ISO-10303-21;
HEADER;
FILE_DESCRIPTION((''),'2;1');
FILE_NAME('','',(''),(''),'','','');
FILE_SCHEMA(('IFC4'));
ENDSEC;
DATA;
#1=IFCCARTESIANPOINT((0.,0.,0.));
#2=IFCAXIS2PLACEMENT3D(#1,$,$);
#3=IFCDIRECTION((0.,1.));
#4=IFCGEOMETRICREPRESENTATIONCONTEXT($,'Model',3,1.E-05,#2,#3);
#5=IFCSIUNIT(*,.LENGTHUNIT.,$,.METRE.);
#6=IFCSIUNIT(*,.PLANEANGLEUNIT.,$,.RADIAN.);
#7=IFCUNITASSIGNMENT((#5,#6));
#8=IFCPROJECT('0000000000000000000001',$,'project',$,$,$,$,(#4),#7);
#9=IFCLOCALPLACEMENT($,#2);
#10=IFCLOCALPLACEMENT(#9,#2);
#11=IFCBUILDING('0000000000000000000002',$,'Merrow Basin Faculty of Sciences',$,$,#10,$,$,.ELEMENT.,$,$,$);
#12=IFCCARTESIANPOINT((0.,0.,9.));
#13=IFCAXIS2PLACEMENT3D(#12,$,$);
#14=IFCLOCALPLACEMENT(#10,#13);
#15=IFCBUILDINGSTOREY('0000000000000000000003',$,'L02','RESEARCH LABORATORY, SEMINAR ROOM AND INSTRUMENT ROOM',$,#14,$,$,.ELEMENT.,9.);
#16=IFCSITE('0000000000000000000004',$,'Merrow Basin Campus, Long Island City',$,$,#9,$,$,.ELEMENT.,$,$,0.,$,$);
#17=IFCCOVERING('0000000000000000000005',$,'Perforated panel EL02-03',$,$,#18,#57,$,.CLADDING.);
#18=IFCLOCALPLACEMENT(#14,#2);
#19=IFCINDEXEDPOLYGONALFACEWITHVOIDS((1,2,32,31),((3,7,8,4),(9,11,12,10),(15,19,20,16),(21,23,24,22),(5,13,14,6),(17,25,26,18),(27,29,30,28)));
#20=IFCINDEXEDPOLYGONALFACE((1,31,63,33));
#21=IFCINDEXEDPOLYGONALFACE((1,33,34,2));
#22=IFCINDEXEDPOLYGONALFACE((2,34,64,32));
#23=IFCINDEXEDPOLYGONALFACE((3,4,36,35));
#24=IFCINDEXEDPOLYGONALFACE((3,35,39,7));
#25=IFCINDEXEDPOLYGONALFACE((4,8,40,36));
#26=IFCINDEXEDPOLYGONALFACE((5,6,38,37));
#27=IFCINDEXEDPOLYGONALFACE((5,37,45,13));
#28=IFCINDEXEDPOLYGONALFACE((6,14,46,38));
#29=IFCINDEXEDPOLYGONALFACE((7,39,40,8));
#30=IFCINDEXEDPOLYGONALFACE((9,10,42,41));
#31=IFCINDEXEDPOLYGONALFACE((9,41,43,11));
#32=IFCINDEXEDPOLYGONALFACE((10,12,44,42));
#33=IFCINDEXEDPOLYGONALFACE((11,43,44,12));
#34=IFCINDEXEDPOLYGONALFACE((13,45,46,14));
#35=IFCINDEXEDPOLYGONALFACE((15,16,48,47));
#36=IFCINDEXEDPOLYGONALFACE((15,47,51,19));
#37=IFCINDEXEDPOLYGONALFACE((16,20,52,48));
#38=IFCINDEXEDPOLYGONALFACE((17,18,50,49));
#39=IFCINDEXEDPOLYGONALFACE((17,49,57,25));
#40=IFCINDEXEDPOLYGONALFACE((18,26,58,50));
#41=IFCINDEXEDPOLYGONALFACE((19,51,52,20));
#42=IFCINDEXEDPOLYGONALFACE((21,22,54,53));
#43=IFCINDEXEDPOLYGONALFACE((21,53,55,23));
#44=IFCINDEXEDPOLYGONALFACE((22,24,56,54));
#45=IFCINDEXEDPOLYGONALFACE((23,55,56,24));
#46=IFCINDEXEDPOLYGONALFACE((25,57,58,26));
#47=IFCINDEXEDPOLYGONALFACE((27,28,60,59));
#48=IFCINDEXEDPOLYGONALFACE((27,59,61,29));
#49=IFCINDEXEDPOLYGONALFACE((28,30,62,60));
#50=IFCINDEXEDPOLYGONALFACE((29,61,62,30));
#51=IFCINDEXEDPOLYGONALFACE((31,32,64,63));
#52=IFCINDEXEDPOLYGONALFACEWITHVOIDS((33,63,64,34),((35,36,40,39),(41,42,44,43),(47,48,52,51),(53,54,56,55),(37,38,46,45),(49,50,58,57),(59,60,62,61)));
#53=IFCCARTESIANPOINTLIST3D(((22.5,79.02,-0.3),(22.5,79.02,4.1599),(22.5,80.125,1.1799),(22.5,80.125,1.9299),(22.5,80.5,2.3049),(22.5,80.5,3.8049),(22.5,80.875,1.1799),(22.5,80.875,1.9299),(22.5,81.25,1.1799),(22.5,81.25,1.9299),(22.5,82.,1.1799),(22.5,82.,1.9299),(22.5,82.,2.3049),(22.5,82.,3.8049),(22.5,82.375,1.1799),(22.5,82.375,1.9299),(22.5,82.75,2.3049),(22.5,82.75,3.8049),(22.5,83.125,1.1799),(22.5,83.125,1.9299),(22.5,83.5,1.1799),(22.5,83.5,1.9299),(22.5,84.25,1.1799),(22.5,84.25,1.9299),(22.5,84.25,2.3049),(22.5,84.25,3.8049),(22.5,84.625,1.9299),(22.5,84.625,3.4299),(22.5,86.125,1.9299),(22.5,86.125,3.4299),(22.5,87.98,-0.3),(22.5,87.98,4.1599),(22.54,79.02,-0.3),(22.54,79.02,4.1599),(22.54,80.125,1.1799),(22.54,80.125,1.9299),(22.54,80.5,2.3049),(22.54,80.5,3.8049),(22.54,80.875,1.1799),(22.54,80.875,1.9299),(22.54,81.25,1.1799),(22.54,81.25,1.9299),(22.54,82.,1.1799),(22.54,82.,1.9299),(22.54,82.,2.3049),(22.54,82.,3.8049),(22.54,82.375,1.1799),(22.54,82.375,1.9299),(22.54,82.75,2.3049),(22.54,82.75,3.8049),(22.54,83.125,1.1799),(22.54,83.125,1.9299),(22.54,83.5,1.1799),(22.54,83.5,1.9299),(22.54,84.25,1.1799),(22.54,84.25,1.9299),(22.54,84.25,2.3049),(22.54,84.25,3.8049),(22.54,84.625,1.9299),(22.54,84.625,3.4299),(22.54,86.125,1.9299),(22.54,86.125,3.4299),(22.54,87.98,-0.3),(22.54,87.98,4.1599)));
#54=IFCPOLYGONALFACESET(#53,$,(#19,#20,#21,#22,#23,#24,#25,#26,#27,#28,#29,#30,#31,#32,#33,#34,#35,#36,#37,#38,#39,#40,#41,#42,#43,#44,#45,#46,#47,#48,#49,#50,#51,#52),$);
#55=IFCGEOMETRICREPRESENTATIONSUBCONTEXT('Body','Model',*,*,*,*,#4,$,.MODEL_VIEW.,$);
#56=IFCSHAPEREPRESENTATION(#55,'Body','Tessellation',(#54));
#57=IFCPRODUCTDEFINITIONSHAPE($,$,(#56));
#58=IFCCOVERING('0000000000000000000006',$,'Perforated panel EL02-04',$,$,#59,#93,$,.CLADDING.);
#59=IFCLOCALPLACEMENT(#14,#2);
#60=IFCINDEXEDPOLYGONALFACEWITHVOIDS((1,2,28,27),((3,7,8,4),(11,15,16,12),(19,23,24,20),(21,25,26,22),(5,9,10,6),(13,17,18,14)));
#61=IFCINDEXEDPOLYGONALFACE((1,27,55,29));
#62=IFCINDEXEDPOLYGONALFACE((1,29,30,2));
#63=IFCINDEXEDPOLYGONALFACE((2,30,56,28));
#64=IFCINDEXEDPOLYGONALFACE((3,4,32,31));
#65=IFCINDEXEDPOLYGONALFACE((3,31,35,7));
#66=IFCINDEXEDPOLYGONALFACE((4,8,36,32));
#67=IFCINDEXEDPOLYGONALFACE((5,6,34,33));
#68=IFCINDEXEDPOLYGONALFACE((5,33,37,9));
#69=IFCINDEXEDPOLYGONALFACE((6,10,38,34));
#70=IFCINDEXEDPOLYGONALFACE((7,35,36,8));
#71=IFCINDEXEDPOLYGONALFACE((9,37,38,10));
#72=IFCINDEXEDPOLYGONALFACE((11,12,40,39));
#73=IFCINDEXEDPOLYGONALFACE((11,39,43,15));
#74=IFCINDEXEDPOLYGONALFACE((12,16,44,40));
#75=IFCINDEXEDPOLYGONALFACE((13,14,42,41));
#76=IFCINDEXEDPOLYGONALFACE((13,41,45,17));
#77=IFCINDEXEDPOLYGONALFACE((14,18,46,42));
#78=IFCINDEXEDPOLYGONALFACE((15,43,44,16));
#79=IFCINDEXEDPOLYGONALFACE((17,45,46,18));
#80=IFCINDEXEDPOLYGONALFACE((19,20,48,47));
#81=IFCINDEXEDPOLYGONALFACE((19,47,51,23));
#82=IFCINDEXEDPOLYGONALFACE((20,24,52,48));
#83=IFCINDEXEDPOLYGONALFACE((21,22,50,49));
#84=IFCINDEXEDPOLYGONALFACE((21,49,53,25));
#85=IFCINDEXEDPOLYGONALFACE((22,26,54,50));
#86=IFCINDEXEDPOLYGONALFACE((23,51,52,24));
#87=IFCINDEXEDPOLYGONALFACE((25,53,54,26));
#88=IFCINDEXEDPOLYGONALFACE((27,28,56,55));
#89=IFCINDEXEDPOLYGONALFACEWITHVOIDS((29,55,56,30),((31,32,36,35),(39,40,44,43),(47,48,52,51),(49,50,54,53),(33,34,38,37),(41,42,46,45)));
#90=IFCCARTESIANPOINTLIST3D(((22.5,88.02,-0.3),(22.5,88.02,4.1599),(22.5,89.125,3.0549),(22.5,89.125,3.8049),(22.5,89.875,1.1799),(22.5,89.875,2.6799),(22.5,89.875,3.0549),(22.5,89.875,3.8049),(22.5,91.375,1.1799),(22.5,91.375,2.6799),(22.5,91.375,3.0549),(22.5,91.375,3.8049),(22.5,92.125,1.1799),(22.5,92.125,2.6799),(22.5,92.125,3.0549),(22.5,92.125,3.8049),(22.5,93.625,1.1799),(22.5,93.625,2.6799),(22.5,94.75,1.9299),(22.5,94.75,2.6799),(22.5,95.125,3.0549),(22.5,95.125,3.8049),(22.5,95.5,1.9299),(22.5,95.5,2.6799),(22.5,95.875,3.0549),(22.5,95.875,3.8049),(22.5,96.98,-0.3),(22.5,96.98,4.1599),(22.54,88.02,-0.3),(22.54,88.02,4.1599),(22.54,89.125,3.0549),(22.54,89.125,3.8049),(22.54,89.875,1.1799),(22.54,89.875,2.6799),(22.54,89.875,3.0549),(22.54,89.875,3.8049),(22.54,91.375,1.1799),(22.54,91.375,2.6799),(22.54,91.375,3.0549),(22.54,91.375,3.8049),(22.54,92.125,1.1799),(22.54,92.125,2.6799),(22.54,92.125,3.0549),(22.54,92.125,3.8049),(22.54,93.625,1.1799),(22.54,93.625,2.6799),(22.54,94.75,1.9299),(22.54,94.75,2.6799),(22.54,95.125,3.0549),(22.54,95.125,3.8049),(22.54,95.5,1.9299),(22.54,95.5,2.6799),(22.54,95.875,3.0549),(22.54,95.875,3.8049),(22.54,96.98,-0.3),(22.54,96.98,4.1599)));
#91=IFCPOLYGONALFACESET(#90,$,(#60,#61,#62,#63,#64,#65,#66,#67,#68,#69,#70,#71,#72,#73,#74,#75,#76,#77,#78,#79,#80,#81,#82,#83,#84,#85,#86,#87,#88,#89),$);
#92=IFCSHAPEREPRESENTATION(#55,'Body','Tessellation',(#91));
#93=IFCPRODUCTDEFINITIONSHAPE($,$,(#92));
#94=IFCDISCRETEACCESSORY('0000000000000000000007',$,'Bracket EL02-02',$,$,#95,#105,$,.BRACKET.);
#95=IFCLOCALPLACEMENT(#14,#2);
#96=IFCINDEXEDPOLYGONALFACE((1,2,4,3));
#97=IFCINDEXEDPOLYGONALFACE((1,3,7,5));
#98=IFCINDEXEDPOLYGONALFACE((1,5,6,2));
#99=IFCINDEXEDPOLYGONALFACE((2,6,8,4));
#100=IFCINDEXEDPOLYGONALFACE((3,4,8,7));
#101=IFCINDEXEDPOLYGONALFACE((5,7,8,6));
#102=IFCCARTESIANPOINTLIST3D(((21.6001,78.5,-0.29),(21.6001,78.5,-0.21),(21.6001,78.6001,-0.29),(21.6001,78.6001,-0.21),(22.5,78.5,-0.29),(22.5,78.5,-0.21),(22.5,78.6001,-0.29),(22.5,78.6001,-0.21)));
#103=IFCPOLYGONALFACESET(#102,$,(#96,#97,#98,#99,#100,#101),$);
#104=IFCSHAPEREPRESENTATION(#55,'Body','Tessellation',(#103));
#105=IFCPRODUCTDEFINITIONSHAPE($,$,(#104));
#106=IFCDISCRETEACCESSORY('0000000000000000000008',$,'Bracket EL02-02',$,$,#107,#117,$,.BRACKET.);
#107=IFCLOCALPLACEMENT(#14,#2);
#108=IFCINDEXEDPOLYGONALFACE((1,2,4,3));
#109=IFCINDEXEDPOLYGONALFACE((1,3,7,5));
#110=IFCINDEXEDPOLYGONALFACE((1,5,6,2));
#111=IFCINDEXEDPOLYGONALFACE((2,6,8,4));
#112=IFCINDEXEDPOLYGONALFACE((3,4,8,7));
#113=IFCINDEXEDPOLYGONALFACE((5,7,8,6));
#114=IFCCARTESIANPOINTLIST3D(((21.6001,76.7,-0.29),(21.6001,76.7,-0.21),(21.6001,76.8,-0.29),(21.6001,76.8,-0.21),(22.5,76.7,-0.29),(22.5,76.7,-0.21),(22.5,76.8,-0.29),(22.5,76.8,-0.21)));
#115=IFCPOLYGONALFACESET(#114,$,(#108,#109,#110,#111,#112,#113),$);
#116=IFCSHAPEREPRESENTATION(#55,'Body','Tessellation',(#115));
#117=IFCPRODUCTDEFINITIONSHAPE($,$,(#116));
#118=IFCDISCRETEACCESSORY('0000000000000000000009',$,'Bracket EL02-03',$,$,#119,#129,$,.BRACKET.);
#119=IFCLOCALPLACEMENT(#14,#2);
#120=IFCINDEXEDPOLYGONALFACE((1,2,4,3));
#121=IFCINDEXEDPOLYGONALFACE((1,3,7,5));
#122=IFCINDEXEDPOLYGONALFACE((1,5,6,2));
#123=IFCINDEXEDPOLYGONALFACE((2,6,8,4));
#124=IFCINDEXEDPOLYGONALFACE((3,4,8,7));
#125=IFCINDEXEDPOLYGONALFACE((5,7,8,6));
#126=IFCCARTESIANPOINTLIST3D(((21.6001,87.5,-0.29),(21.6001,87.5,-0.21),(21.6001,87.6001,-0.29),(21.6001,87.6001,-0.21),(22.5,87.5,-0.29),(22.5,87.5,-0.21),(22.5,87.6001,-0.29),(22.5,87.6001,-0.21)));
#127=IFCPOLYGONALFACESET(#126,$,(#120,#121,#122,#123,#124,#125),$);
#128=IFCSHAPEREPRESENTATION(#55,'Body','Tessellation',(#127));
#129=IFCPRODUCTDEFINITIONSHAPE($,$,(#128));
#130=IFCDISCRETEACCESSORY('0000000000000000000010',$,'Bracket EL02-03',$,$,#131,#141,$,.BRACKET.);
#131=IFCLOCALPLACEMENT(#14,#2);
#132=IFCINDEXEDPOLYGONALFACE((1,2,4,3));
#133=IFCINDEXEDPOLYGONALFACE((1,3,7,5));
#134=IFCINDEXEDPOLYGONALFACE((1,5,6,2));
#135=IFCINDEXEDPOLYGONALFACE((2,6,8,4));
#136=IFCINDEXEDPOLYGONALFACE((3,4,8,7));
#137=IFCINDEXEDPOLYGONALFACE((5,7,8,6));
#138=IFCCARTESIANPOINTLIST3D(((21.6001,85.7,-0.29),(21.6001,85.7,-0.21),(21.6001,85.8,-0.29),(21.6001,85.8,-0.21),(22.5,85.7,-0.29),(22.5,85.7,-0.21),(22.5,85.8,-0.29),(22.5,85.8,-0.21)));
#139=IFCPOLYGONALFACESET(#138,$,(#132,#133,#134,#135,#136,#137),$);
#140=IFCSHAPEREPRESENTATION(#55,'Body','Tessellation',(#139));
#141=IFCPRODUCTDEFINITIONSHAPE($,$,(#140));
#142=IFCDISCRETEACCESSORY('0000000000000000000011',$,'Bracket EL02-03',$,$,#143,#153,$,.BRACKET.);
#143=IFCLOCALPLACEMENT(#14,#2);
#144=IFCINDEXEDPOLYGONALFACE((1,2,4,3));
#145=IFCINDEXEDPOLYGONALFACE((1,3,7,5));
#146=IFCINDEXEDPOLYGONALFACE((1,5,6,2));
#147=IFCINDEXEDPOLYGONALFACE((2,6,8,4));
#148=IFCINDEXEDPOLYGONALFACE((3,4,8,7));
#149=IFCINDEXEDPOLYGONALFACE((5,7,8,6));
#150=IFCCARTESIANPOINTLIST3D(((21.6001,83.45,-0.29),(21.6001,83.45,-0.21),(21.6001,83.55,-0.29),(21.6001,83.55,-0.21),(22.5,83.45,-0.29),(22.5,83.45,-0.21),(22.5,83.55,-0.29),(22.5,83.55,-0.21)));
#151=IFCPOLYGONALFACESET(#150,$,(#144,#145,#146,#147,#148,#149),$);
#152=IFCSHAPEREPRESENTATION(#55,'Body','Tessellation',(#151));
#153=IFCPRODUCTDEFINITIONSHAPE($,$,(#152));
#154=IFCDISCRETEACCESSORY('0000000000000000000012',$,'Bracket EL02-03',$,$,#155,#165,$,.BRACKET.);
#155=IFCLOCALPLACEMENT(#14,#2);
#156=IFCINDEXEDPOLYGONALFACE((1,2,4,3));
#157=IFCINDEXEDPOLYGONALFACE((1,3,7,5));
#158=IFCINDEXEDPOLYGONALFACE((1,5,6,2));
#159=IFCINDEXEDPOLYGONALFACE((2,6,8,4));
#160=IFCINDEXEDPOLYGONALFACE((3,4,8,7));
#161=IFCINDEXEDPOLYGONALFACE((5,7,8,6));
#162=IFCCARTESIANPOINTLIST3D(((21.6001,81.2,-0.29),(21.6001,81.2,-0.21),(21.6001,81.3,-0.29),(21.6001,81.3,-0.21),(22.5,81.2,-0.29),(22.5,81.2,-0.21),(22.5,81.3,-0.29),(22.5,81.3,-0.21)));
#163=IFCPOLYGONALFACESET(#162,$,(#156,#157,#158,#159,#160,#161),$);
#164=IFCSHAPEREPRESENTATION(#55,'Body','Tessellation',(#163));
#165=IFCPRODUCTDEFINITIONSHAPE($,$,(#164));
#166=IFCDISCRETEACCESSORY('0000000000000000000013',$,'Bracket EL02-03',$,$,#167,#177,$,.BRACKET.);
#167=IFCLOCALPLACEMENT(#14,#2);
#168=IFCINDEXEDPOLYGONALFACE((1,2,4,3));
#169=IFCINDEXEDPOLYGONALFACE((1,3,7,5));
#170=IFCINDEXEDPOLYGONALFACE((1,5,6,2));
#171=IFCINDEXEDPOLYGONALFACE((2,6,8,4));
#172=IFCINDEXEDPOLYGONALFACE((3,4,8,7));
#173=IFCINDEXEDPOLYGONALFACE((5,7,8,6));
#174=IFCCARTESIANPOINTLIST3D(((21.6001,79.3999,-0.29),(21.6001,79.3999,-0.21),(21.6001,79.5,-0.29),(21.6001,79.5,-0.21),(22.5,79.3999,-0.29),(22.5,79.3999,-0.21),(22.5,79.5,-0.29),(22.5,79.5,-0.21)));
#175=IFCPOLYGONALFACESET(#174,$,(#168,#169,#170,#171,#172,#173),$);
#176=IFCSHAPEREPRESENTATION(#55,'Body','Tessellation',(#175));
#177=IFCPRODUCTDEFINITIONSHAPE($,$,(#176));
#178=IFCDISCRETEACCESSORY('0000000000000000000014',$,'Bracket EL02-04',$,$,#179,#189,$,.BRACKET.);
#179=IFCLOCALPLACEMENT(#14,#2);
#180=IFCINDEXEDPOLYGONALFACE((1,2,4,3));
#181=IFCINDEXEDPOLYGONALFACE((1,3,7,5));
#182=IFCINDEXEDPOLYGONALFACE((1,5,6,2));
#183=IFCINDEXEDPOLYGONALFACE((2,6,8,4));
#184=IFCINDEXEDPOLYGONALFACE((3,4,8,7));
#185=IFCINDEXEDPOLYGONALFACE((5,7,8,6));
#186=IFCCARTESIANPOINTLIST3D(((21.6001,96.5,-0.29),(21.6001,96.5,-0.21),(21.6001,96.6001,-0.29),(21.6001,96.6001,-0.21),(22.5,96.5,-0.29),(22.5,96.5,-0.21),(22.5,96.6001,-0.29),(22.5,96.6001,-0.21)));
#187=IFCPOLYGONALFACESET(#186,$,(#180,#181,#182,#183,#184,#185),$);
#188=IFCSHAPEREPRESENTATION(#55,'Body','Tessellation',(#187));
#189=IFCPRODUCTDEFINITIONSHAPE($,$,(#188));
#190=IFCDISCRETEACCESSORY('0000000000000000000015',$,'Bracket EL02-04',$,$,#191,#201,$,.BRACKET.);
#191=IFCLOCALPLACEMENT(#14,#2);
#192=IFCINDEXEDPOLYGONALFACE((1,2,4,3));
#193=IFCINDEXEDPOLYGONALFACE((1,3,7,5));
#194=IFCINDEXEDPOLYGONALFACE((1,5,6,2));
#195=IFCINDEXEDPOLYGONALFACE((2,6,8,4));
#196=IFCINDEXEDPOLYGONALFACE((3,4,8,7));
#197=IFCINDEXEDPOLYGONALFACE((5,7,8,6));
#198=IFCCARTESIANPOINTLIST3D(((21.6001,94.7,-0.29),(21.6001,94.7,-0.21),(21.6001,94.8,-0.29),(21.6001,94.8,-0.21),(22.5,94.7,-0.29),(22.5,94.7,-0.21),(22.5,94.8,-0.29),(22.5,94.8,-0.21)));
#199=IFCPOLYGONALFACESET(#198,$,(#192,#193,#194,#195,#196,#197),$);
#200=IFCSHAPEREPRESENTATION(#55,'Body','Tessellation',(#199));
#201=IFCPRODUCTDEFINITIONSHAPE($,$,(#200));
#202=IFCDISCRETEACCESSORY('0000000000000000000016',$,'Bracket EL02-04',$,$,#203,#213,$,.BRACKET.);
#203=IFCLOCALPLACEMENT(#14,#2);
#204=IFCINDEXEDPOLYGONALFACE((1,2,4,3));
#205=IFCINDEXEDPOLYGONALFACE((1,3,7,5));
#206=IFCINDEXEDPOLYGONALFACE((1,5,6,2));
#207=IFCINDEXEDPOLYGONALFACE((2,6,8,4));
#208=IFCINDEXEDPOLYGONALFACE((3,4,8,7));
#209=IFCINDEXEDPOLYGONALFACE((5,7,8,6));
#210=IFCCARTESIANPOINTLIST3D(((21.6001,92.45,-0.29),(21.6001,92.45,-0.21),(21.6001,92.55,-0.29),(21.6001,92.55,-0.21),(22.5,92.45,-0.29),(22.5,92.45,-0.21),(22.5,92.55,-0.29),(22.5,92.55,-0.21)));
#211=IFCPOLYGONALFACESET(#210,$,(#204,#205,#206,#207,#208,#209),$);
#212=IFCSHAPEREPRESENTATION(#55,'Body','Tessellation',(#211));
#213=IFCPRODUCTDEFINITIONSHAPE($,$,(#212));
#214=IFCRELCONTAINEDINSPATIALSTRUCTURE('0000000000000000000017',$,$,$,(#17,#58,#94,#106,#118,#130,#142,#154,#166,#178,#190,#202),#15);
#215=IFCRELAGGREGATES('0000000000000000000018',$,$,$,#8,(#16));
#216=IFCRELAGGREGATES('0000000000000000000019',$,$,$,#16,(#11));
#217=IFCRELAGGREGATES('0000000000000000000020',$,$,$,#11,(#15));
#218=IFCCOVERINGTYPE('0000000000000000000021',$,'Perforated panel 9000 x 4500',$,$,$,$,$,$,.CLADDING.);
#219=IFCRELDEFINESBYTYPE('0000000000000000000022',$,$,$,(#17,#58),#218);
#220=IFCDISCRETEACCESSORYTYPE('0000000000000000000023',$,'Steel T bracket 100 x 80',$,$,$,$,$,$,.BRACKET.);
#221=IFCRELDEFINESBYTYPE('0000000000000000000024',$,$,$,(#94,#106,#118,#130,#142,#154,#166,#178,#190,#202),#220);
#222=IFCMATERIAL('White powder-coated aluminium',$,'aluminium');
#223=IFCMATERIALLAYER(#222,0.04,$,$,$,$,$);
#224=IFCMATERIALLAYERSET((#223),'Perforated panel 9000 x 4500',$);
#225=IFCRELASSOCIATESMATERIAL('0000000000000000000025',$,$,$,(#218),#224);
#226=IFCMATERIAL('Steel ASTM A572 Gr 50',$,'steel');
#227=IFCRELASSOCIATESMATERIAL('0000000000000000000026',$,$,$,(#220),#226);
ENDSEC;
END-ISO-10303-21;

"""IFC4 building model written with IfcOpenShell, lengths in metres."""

from ifc_helpers import new_model, si_unit, direction, frame, origin, place, context, subcontext, project, spatial, polyline, outline, extrude, source, transform, mapped, material, layer, layer_set, type_object, element, save


model = new_model("IFC4")

# Units and contexts
model_context = context("Model", 3, precision=1e-05, world=origin(), true_north=direction((0.0, 1.0)))
body_context = subcontext(model_context, "Body", "Model", "MODEL_VIEW")
ifc_project = project(units=[si_unit("LENGTHUNIT", "METRE"), si_unit("PLANEANGLEUNIT", "RADIAN")], contexts=[model_context])

# Site, building, storey
site_placement = place(None, origin())
site = spatial("IfcSite", under=ifc_project, at=site_placement, Name="Merrow Basin Campus, Long Island City", CompositionType="ELEMENT", RefElevation=0.0)
building_placement = place(site_placement, origin())
building = spatial("IfcBuilding", under=site, at=building_placement, Name="Merrow Basin Faculty of Sciences", CompositionType="ELEMENT")
storey_placement = place(building_placement, frame((0.0, 0.0, 9.0)))
storey = spatial("IfcBuildingStorey", under=building, at=storey_placement, Name="L02", Description="RESEARCH LABORATORY, SEMINAR ROOM AND INSTRUMENT ROOM", CompositionType="ELEMENT", Elevation=9.0)

# Coverings
ifc_material_1 = material(Name="White powder-coated aluminium", Category="aluminium")
ifc_layer_1 = layer(ifc_material_1, 0.04)
ifc_layer_set_1 = layer_set([ifc_layer_1], Name="Perforated panel 9000 x 4500")
covering_type = type_object("IfcCoveringType", Name="Perforated panel 9000 x 4500", PredefinedType="CLADDING", material=ifc_layer_set_1)
shared_shape_1 = source(origin(), body_context, "Body", "SweptSolid", [
    extrude(outline(polyline([(0.02, 0.02), (8.98, 0.02), (8.98, 4.48), (0.02, 4.48), (0.02, 0.02)]), holes=[polyline([(7.125, 1.5), (7.875, 1.5), (7.875, 2.25), (7.125, 2.25), (7.125, 1.5)]), polyline([(6.0, 1.5), (6.75, 1.5), (6.75, 2.25), (6.0, 2.25), (6.0, 1.5)]), polyline([(4.875, 1.5), (5.625, 1.5), (5.625, 2.25), (4.875, 2.25), (4.875, 1.5)]), polyline([(3.75, 1.5), (4.5, 1.5), (4.5, 2.25), (3.75, 2.25), (3.75, 1.5)]), polyline([(1.875, 2.25), (3.375, 2.25), (3.375, 3.75), (1.875, 3.75), (1.875, 2.25)]), polyline([(6.0, 2.625), (7.5, 2.625), (7.5, 4.125), (6.0, 4.125), (6.0, 2.625)]), polyline([(3.75, 2.625), (5.25, 2.625), (5.25, 4.125), (3.75, 4.125), (3.75, 2.625)])]), origin(), (0.0, 0.0, 1.0), 0.04),
])
covering_1_placement = place(storey_placement, frame((22.54, 88.0, -0.3201), z_axis=(-1.0, 0.0, 0.0), x_axis=(0.0, -1.0, 0.0)))
element("IfcCovering", 1, at=covering_1_placement, inside=storey, type_object=covering_type, Name="Perforated panel EL02-03", PredefinedType="CLADDING", context=body_context, shape_type="MappedRepresentation", body=[
    mapped(shared_shape_1, transform((0.0, 0.0, 0.0), scale=1.0)),
])
shared_shape_2 = source(origin(), body_context, "Body", "SweptSolid", [
    extrude(outline(polyline([(0.02, 0.02), (8.98, 0.02), (8.98, 4.48), (0.02, 4.48), (0.02, 0.02)]), holes=[polyline([(5.625, 1.5), (7.125, 1.5), (7.125, 3.0), (5.625, 3.0), (5.625, 1.5)]), polyline([(3.375, 1.5), (4.875, 1.5), (4.875, 3.0), (3.375, 3.0), (3.375, 1.5)]), polyline([(1.5, 2.25), (2.25, 2.25), (2.25, 3.0), (1.5, 3.0), (1.5, 2.25)]), polyline([(7.125, 3.375), (7.875, 3.375), (7.875, 4.125), (7.125, 4.125), (7.125, 3.375)]), polyline([(4.875, 3.375), (5.625, 3.375), (5.625, 4.125), (4.875, 4.125), (4.875, 3.375)]), polyline([(1.125, 3.375), (1.875, 3.375), (1.875, 4.125), (1.125, 4.125), (1.125, 3.375)])]), origin(), (0.0, 0.0, 1.0), 0.04),
])
covering_2_placement = place(storey_placement, frame((22.54, 97.0, -0.3201), z_axis=(-1.0, 0.0, 0.0), x_axis=(0.0, -1.0, 0.0)))
element("IfcCovering", 2, at=covering_2_placement, inside=storey, type_object=covering_type, Name="Perforated panel EL02-04", PredefinedType="CLADDING", context=body_context, shape_type="MappedRepresentation", body=[
    mapped(shared_shape_2, transform((0.0, 0.0, 0.0), scale=1.0)),
])

# Discrete accessories
ifc_material_2 = material(Name="Steel ASTM A572 Gr 50", Category="steel")
discrete_accessory_type = type_object("IfcDiscreteAccessoryType", Name="Steel T bracket 100 x 80", PredefinedType="BRACKET", material=ifc_material_2)
shared_shape_3 = source(origin(), body_context, "Body", "SweptSolid", [
    extrude(outline(polyline([(0.0, 0.0), (0.1001, 0.0), (0.1001, 0.0801), (0.0, 0.0801), (0.0, 0.0)])), origin(), (0.0, 0.0, 1.0), 0.8999),
])
for number, where, z_axis, x_axis, name in (
    (3, (22.5, 78.6001, -0.29), (-1.0, 0.0, 0.0), (0.0, -1.0, 0.0), "Bracket EL02-02"),
    (4, (22.5, 76.8, -0.29), (-1.0, 0.0, 0.0), (0.0, -1.0, 0.0), "Bracket EL02-02"),
    (5, (22.5, 87.6001, -0.29), (-1.0, 0.0, 0.0), (0.0, -1.0, 0.0), "Bracket EL02-03"),
    (6, (22.5, 85.8, -0.29), (-1.0, 0.0, 0.0), (0.0, -1.0, 0.0), "Bracket EL02-03"),
    (7, (22.5, 83.55, -0.29), (-1.0, 0.0, 0.0), (0.0, -1.0, 0.0), "Bracket EL02-03"),
    (8, (22.5, 81.3, -0.29), (-1.0, 0.0, 0.0), (0.0, -1.0, 0.0), "Bracket EL02-03"),
    (9, (22.5, 79.5, -0.29), (-1.0, 0.0, 0.0), (0.0, -1.0, 0.0), "Bracket EL02-03"),
    (10, (22.5, 96.6001, -0.29), (-1.0, 0.0, 0.0), (0.0, -1.0, 0.0), "Bracket EL02-04"),
    (11, (22.5, 94.8, -0.29), (-1.0, 0.0, 0.0), (0.0, -1.0, 0.0), "Bracket EL02-04"),
    (12, (22.5, 92.55, -0.29), (-1.0, 0.0, 0.0), (0.0, -1.0, 0.0), "Bracket EL02-04"),
):
    element("IfcDiscreteAccessory", number, at=place(storey_placement, frame(where, z_axis=z_axis, x_axis=x_axis)), inside=storey, type_object=discrete_accessory_type, Name=name, PredefinedType="BRACKET", context=body_context, shape_type="MappedRepresentation", body=[
        mapped(shared_shape_3, transform((0.0, 0.0, 0.0), scale=1.0)),
    ])

save(model, "model.ifc")
